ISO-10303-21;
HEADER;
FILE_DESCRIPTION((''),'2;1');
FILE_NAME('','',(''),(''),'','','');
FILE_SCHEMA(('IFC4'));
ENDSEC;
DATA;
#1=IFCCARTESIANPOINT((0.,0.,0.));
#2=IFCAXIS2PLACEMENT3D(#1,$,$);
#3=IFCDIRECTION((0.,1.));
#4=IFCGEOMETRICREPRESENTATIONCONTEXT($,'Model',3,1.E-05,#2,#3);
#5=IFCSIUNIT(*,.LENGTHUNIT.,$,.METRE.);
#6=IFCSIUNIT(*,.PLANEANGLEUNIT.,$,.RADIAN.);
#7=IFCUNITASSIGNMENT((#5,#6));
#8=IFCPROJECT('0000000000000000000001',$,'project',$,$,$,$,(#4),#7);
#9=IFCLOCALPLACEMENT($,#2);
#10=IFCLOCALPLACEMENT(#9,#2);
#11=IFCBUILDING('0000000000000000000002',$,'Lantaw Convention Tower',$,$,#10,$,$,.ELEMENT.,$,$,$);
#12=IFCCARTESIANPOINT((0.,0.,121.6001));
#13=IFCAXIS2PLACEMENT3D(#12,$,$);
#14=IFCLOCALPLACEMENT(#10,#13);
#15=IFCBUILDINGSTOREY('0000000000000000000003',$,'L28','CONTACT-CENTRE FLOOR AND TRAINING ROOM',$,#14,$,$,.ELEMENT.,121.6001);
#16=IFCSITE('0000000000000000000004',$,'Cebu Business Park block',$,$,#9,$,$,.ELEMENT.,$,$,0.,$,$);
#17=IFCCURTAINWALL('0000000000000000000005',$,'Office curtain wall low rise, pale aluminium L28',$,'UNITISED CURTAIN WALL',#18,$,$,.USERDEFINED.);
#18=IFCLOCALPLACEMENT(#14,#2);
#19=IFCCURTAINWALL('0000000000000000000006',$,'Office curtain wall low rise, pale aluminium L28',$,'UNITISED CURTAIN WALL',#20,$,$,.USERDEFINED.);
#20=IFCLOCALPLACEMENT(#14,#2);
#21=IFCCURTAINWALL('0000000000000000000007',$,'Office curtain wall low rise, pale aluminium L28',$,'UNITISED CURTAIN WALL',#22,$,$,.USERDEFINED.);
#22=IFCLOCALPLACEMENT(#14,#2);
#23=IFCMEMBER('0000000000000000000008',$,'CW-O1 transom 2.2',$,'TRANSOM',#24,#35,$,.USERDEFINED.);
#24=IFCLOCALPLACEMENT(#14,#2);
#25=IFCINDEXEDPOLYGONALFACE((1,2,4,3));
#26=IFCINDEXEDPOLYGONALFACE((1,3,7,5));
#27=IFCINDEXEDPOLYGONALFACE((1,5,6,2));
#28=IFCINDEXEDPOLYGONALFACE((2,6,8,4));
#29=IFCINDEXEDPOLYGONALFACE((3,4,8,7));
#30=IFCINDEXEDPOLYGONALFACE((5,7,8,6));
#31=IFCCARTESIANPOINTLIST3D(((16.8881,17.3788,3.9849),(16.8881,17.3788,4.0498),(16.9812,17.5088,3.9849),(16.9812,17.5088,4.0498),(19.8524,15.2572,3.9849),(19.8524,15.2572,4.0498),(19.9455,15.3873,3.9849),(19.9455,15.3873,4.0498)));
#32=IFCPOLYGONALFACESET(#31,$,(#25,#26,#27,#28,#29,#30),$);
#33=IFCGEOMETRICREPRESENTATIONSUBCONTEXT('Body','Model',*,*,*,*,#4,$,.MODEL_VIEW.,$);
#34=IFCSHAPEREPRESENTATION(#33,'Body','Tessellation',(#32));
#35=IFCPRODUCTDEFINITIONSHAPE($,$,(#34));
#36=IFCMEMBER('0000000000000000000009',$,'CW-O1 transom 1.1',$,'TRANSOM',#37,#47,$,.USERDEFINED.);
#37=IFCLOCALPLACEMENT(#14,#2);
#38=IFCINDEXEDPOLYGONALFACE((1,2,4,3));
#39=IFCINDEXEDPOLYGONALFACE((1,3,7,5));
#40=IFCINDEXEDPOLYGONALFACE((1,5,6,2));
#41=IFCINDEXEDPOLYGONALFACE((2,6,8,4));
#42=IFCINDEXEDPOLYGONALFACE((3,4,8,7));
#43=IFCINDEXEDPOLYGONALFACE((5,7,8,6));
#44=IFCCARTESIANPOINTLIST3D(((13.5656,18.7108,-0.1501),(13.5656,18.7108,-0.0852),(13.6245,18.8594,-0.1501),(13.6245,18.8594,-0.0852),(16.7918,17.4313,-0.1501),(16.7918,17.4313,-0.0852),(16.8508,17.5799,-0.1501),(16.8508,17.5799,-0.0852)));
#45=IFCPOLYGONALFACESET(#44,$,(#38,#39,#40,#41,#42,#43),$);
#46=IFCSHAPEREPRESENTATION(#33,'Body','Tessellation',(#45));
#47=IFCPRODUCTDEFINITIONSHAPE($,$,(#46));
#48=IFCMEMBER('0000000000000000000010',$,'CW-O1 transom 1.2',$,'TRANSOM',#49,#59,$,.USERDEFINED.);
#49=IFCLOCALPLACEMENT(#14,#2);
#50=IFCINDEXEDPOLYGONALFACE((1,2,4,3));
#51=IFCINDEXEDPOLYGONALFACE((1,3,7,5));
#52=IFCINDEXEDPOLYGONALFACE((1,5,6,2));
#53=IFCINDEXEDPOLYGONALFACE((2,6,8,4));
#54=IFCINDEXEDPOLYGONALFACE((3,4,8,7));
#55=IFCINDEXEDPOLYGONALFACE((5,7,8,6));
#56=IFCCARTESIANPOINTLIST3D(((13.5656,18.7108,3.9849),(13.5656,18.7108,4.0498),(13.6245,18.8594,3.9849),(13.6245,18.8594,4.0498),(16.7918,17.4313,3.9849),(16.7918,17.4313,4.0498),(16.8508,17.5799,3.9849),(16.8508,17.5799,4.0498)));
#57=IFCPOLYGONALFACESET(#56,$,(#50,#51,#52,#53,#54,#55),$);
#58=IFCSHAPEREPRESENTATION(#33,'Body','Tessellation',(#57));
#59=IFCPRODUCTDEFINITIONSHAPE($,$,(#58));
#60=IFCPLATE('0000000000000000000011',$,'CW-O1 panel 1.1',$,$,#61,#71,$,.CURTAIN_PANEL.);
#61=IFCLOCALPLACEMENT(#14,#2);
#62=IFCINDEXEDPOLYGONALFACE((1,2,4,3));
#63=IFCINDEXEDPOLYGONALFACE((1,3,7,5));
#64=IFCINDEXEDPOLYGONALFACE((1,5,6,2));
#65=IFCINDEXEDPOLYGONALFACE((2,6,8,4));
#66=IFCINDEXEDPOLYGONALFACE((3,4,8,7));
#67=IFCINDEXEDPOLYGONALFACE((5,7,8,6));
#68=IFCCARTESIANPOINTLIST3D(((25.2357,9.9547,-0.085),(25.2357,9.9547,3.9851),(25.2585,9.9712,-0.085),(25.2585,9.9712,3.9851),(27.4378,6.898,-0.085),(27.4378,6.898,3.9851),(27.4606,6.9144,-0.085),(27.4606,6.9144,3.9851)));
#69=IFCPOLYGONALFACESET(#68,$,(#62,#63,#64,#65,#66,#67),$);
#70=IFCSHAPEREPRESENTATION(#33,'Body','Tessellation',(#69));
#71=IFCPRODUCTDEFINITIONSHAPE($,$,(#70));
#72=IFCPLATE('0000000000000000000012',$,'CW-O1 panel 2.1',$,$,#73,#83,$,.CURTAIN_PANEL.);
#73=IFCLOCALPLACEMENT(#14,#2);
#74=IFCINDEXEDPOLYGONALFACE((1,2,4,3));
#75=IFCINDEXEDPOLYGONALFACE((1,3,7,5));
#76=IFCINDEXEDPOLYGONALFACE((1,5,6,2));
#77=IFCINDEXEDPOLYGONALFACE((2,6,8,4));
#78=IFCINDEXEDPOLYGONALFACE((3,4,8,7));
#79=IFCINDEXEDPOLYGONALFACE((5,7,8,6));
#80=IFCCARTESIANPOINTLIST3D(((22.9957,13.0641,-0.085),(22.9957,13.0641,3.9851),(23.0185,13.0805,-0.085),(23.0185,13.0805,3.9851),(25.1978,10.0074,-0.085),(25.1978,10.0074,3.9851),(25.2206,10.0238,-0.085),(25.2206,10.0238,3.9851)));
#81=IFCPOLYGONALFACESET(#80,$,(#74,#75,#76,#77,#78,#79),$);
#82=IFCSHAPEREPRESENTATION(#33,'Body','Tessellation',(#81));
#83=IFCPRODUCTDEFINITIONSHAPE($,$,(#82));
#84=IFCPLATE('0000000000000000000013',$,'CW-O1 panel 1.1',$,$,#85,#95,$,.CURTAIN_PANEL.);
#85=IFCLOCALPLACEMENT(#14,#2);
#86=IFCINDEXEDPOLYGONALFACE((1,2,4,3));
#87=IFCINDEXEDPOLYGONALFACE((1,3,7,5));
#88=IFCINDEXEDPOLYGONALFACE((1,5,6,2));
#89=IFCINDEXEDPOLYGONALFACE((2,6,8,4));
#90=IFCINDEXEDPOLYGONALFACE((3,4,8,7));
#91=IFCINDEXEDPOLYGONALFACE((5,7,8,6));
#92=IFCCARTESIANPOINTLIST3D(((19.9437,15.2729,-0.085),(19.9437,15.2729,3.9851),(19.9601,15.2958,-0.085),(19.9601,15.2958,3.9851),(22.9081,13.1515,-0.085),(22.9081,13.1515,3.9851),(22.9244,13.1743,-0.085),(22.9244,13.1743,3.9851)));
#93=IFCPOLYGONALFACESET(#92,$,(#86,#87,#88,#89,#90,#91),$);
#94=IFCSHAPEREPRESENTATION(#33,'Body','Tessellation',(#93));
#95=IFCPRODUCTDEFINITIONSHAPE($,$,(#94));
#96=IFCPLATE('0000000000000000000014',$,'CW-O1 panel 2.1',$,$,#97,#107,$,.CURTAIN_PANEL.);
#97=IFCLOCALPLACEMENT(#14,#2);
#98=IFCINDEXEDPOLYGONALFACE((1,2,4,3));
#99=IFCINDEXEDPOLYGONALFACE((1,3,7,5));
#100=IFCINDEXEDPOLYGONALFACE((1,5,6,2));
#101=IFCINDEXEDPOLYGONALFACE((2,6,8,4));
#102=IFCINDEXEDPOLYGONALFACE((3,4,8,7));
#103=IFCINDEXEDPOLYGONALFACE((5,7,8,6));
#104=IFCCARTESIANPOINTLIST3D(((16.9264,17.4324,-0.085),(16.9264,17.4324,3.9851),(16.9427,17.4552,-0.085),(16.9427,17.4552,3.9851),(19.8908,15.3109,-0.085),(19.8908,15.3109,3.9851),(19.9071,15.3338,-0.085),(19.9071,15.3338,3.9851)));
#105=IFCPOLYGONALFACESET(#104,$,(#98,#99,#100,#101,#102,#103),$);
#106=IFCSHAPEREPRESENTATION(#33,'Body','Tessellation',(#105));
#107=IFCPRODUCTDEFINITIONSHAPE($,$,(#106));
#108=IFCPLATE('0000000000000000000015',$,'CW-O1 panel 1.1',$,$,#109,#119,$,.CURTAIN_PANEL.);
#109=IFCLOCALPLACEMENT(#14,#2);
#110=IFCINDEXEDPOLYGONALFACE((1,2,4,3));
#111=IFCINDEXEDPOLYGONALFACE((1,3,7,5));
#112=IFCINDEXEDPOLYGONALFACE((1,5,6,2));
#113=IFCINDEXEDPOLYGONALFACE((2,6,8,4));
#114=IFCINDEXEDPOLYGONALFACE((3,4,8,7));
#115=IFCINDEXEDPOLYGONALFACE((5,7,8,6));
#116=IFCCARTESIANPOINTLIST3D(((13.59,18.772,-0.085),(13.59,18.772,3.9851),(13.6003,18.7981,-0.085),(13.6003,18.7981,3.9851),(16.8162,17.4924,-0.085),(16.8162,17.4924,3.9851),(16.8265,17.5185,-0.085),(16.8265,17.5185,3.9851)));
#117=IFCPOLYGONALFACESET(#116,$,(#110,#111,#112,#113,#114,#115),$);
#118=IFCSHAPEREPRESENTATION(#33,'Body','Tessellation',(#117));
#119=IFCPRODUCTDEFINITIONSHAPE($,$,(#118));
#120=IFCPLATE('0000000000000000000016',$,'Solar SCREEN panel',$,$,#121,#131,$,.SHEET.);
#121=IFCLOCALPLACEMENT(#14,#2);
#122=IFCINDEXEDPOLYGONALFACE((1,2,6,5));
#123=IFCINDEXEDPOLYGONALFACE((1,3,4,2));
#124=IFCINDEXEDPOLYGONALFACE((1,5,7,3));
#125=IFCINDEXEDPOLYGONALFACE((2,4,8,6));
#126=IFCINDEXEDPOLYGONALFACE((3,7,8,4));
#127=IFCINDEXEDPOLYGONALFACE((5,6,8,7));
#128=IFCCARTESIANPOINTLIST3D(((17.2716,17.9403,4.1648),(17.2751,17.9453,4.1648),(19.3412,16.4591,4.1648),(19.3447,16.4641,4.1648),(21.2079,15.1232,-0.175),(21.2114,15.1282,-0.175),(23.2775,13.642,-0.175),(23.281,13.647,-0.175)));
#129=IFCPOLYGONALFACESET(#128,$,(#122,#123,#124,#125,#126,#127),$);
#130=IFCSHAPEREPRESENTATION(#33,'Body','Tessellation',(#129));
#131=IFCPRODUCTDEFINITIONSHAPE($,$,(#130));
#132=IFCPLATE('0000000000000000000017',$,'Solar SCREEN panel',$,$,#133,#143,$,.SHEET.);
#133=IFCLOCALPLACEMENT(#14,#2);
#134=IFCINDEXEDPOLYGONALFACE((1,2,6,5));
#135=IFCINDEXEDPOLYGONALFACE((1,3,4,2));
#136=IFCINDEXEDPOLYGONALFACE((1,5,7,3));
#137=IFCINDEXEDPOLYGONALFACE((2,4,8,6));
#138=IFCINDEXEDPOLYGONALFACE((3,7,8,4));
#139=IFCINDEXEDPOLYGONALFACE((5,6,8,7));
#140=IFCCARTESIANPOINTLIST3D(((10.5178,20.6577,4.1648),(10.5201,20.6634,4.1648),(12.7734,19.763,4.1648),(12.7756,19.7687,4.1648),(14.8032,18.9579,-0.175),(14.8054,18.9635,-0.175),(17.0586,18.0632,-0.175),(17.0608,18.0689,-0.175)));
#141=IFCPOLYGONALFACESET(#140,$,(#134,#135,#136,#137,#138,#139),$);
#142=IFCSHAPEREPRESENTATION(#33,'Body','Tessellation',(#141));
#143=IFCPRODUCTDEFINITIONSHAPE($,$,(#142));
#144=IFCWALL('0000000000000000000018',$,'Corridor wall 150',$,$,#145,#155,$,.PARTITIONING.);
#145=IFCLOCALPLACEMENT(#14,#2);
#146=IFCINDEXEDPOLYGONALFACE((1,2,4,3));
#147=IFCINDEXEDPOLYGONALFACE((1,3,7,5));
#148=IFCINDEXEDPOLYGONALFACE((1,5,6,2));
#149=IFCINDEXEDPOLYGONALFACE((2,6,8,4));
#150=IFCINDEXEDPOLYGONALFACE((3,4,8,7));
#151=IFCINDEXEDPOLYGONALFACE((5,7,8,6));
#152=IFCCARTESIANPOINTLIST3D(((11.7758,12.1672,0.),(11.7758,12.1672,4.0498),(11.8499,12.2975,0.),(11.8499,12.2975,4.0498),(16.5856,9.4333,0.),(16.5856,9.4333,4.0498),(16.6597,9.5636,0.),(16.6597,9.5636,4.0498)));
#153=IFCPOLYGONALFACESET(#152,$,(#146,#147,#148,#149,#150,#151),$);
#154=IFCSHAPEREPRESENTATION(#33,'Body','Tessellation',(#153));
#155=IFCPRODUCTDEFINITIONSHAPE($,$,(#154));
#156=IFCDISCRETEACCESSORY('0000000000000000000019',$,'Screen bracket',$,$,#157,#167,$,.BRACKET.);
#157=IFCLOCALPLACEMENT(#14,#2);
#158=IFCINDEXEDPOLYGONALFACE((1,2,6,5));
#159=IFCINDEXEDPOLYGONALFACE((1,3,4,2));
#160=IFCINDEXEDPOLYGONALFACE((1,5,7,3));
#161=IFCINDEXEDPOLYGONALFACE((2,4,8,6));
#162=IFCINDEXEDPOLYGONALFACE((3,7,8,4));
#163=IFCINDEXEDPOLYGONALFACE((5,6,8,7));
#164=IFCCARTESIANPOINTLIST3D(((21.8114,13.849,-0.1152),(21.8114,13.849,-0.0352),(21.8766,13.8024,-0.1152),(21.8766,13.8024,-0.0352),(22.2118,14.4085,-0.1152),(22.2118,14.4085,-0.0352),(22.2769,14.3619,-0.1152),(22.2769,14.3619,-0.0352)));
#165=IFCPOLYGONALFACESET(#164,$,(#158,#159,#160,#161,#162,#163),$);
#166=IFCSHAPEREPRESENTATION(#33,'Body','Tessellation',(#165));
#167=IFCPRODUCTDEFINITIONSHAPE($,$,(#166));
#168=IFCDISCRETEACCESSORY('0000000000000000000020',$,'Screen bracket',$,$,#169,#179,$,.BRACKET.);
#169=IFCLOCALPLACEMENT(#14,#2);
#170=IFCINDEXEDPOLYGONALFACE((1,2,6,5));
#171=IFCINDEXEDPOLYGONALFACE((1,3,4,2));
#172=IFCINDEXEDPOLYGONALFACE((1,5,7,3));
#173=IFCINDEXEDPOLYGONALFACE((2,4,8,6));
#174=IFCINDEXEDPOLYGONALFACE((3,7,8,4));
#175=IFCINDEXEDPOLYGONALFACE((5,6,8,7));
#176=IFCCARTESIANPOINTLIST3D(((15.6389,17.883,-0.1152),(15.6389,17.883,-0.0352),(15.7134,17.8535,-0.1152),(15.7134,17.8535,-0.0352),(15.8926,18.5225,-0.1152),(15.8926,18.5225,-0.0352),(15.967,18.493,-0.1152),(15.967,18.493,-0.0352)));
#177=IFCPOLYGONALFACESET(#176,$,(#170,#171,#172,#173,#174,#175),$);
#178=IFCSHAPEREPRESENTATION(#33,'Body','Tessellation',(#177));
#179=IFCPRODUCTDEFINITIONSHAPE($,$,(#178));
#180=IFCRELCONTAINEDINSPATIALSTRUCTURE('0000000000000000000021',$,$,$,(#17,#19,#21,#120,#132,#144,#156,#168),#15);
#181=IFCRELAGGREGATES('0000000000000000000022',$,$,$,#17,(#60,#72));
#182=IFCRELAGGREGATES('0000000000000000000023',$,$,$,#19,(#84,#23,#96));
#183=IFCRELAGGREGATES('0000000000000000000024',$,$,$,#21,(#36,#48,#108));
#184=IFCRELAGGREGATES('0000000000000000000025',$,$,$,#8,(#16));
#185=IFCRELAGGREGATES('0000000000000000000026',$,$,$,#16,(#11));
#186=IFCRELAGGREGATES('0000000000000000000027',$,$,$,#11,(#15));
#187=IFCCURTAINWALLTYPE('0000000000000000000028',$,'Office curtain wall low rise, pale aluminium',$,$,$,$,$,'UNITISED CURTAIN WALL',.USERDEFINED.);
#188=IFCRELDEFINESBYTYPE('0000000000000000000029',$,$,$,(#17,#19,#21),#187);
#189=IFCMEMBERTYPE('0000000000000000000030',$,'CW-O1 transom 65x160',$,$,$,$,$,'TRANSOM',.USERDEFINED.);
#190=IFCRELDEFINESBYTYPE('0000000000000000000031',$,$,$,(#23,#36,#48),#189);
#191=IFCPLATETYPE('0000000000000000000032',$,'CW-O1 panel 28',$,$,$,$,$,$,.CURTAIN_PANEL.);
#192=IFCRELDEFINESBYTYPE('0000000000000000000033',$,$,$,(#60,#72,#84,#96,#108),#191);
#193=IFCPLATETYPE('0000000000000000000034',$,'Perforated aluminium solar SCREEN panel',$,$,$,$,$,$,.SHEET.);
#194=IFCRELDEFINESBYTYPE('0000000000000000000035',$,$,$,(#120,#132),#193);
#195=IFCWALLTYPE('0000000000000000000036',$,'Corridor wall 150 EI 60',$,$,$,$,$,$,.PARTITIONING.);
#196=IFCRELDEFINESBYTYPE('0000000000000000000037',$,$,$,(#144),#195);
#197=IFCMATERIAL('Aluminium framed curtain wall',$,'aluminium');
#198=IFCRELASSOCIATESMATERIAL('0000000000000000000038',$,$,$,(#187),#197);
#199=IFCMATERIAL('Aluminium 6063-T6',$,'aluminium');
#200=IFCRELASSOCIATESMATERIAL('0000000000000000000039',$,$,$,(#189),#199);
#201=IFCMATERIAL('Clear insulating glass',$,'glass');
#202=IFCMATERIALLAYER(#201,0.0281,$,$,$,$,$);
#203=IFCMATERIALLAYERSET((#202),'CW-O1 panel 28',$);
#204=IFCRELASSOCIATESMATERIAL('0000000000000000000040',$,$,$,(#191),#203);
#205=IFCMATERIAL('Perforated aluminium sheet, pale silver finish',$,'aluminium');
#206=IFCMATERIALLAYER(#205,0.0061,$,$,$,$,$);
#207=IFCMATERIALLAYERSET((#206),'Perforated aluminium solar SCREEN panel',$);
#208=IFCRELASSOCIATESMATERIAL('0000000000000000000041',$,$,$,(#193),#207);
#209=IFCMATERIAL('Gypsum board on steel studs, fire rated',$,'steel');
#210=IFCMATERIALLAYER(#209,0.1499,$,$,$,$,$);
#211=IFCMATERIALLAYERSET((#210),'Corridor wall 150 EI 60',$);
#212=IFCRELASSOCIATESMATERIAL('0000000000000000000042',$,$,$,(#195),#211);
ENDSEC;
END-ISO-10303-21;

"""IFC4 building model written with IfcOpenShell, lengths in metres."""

from ifc_helpers import new_model, si_unit, direction, frame, frame_2d, origin, origin_2d, place, context, subcontext, project, spatial, polyline, rectangle, outline, extrude, material, layer, layer_set, material_profile, profile_set, type_object, element, aggregate, save


model = new_model("IFC4")

# Units and contexts
model_context = context("Model", 3, precision=1e-05, world=origin(), true_north=direction((0.0, 1.0)))
body_context = subcontext(model_context, "Body", "Model", "MODEL_VIEW")
ifc_project = project(units=[si_unit("LENGTHUNIT", "METRE"), si_unit("PLANEANGLEUNIT", "RADIAN")], contexts=[model_context])

# Site, building, storey
site_placement = place(None, origin())
site = spatial("IfcSite", under=ifc_project, at=site_placement, Name="Cebu Business Park block", CompositionType="ELEMENT", RefElevation=0.0)
building_placement = place(site_placement, origin())
building = spatial("IfcBuilding", under=site, at=building_placement, Name="Lantaw Convention Tower", CompositionType="ELEMENT")
storey_placement = place(building_placement, frame((0.0, 0.0, 121.6001)))
storey = spatial("IfcBuildingStorey", under=building, at=storey_placement, Name="L28", Description="CONTACT-CENTRE FLOOR AND TRAINING ROOM", CompositionType="ELEMENT", Elevation=121.6001)

# Curtain walls
ifc_material_1 = material(Name="Aluminium framed curtain wall", Category="aluminium")
curtain_wall_type = type_object("IfcCurtainWallType", Name="Office curtain wall low rise, pale aluminium", ElementType="UNITISED CURTAIN WALL", PredefinedType="USERDEFINED", material=ifc_material_1)
curtain_wall_1_placement = place(storey_placement, origin())
curtain_wall_1 = element("IfcCurtainWall", 1, at=curtain_wall_1_placement, inside=storey, type_object=curtain_wall_type, Name="Office curtain wall low rise, pale aluminium L28", ObjectType="UNITISED CURTAIN WALL", PredefinedType="USERDEFINED")
ifc_material_2 = material(Name="Aluminium 6063-T6", Category="aluminium")
curtain_wall_2_placement = place(storey_placement, origin())
curtain_wall_2 = element("IfcCurtainWall", 2, at=curtain_wall_2_placement, inside=storey, type_object=curtain_wall_type, Name="Office curtain wall low rise, pale aluminium L28", ObjectType="UNITISED CURTAIN WALL", PredefinedType="USERDEFINED")

# Curtain wall
curtain_wall_3_placement = place(storey_placement, origin())
curtain_wall_3 = element("IfcCurtainWall", 3, at=curtain_wall_3_placement, inside=storey, type_object=curtain_wall_type, Name="Office curtain wall low rise, pale aluminium L28", ObjectType="UNITISED CURTAIN WALL", PredefinedType="USERDEFINED")

# Members
ifc_material_profile_1 = material_profile(ifc_material_2, rectangle(XDim=0.1599, YDim=0.0649, at=origin_2d()), Name="CW-O1 transom 65x160")
ifc_profile_set_1 = profile_set([ifc_material_profile_1], Name="Aluminium 6063-T6")
member_type_1 = type_object("IfcMemberType", Name="CW-O1 transom 65x160", ElementType="TRANSOM", PredefinedType="USERDEFINED", material=ifc_profile_set_1)
member_1_placement = place(storey_placement, frame((19.8989, 15.3223, 4.0173), z_axis=(-0.81319, 0.581998, 0.0), x_axis=(-0.581998, -0.81319, 0.0)))
member_1 = element("IfcMember", 4, at=member_1_placement, type_object=member_type_1, Name="CW-O1 transom 2.2", ObjectType="TRANSOM", PredefinedType="USERDEFINED", context=body_context, shape_type="SweptSolid", body=[
    extrude(rectangle(XDim=0.1599, YDim=0.0649, at=origin_2d()), origin(), (0.0, 0.0, 1.0), 3.6453),
])
member_2_placement = place(storey_placement, frame((16.8213, 17.5056, -0.1177), z_axis=(-0.929564, 0.36866, 0.0), x_axis=(-0.36866, -0.929564, 0.0)))
member_2 = element("IfcMember", 5, at=member_2_placement, type_object=member_type_1, Name="CW-O1 transom 1.1", ObjectType="TRANSOM", PredefinedType="USERDEFINED", context=body_context, shape_type="SweptSolid", body=[
    extrude(rectangle(XDim=0.1599, YDim=0.0649, at=origin_2d()), origin(), (0.0, 0.0, 1.0), 3.4707),
])
member_3_placement = place(storey_placement, frame((16.8213, 17.5056, 4.0173), z_axis=(-0.929564, 0.36866, 0.0), x_axis=(-0.36866, -0.929564, 0.0)))
member_3 = element("IfcMember", 6, at=member_3_placement, type_object=member_type_1, Name="CW-O1 transom 1.2", ObjectType="TRANSOM", PredefinedType="USERDEFINED", context=body_context, shape_type="SweptSolid", body=[
    extrude(rectangle(XDim=0.1599, YDim=0.0649, at=origin_2d()), origin(), (0.0, 0.0, 1.0), 3.4707),
])

# Plates
ifc_material_3 = material(Name="Clear insulating glass", Category="glass")
ifc_layer_1 = layer(ifc_material_3, 0.0281)
ifc_layer_set_1 = layer_set([ifc_layer_1], Name="CW-O1 panel 28")
plate_type_1 = type_object("IfcPlateType", Name="CW-O1 panel 28", PredefinedType="CURTAIN_PANEL", material=ifc_layer_set_1)
plate_1_placement = place(storey_placement, frame((26.3481, 8.4346, -0.085), z_axis=(0.0, 0.0, 1.0), x_axis=(-0.584513, 0.811385, 0.0)))
plate_1 = element("IfcPlate", 7, at=plate_1_placement, type_object=plate_type_1, Name="CW-O1 panel 1.1", PredefinedType="CURTAIN_PANEL", context=body_context, shape_type="SweptSolid", body=[
    extrude(rectangle(XDim=3.7673, YDim=0.0281, at=origin_2d()), origin(), (0.0, 0.0, 1.0), 4.0701),
])
plate_2_placement = place(storey_placement, frame((24.1082, 11.5439, -0.085), z_axis=(0.0, 0.0, 1.0), x_axis=(-0.584513, 0.811385, 0.0)))
plate_2 = element("IfcPlate", 8, at=plate_2_placement, type_object=plate_type_1, Name="CW-O1 panel 2.1", PredefinedType="CURTAIN_PANEL", context=body_context, shape_type="SweptSolid", body=[
    extrude(rectangle(XDim=3.7673, YDim=0.0281, at=origin_2d()), origin(), (0.0, 0.0, 1.0), 4.0701),
])
aggregate(curtain_wall_1, [plate_1, plate_2])
plate_3_placement = place(storey_placement, frame((21.4341, 14.2236, -0.085), z_axis=(0.0, 0.0, 1.0), x_axis=(-0.813208, 0.581973, 0.0)))
plate_3 = element("IfcPlate", 9, at=plate_3_placement, type_object=plate_type_1, Name="CW-O1 panel 1.1", PredefinedType="CURTAIN_PANEL", context=body_context, shape_type="SweptSolid", body=[
    extrude(rectangle(XDim=3.6453, YDim=0.0281, at=origin_2d()), origin(), (0.0, 0.0, 1.0), 4.0701),
])
plate_4_placement = place(storey_placement, frame((18.4167, 16.3831, -0.085), z_axis=(0.0, 0.0, 1.0), x_axis=(-0.813208, 0.581973, 0.0)))
plate_4 = element("IfcPlate", 10, at=plate_4_placement, type_object=plate_type_1, Name="CW-O1 panel 2.1", PredefinedType="CURTAIN_PANEL", context=body_context, shape_type="SweptSolid", body=[
    extrude(rectangle(XDim=3.6453, YDim=0.0281, at=origin_2d()), origin(), (0.0, 0.0, 1.0), 4.0701),
])
aggregate(curtain_wall_2, [plate_3, member_1, plate_4])
plate_5_placement = place(storey_placement, frame((15.2083, 18.1453, -0.085), z_axis=(0.0, 0.0, 1.0), x_axis=(-0.929548, 0.368702, 0.0)))
plate_5 = element("IfcPlate", 11, at=plate_5_placement, type_object=plate_type_1, Name="CW-O1 panel 1.1", PredefinedType="CURTAIN_PANEL", context=body_context, shape_type="SweptSolid", body=[
    extrude(rectangle(XDim=3.4707, YDim=0.0281, at=origin_2d()), origin(), (0.0, 0.0, 1.0), 4.0701),
])
aggregate(curtain_wall_3, [member_2, member_3, plate_5])

# Plates
ifc_material_4 = material(Name="Perforated aluminium sheet, pale silver finish", Category="aluminium")
ifc_layer_2 = layer(ifc_material_4, 0.0061)
ifc_layer_set_2 = layer_set([ifc_layer_2], Name="Perforated aluminium solar SCREEN panel")
plate_type_2 = type_object("IfcPlateType", Name="Perforated aluminium solar SCREEN panel", PredefinedType="SHEET", material=ifc_layer_set_2)
plate_6_placement = place(storey_placement, frame((23.281, 13.647, -0.175), z_axis=(0.582, 0.813189, 0.000012), x_axis=(-0.813189, 0.582, 0.0)))
element("IfcPlate", 12, at=plate_6_placement, inside=storey, type_object=plate_type_2, Name="Solar SCREEN panel", PredefinedType="SHEET", context=body_context, shape_type="SweptSolid", body=[
    extrude(outline(polyline([(0.0, 0.0), (2.545, 0.0), (7.3855, 4.3398), (4.8405, 4.3398), (0.0, 0.0)])), origin(), (0.0, 0.0, -1.0), 0.0061),
])
plate_7_placement = place(storey_placement, frame((17.0586, 18.0632, -0.175), z_axis=(-0.368709, -0.929545, 0.000011), x_axis=(-0.929545, 0.368709, 0.0)))
element("IfcPlate", 13, at=plate_7_placement, inside=storey, type_object=plate_type_2, Name="Solar SCREEN panel", PredefinedType="SHEET", context=body_context, shape_type="SweptSolid", body=[
    extrude(outline(polyline([(0.0, 0.0), (2.4264, 0.0), (7.0365, -4.3398), (4.61, -4.3398), (0.0, 0.0)])), origin(), (0.0, 0.0, -1.0), 0.0061),
])

# Wall
ifc_material_5 = material(Name="Gypsum board on steel studs, fire rated", Category="steel")
ifc_layer_3 = layer(ifc_material_5, 0.1499)
ifc_layer_set_3 = layer_set([ifc_layer_3], Name="Corridor wall 150 EI 60")
wall_type = type_object("IfcWallType", Name="Corridor wall 150 EI 60", PredefinedType="PARTITIONING", material=ifc_layer_set_3)
wall_placement = place(storey_placement, frame((16.6226, 9.4985, 0.0), z_axis=(0.0, 0.0, 1.0), x_axis=(-0.869376, 0.494151, 0.0)))
element("IfcWall", 14, at=wall_placement, inside=storey, type_object=wall_type, Name="Corridor wall 150", PredefinedType="PARTITIONING", context=body_context, shape_type="SweptSolid", body=[
    extrude(rectangle(XDim=5.5325, YDim=0.1499, at=frame_2d((2.7661, 0.0))), origin(), (0.0, 0.0, 1.0), 4.0498),
])

# Discrete accessories
for number, where, z_axis, x_axis, name in (
    (15, (22.0442, 14.1055, -0.1152), (0.0, 0.0, 1.0), (-0.813208, 0.581973, 0.0), "Screen bracket"),
    (16, (15.803, 18.188, -0.1152), (0.0, 0.0, 1.0), (-0.929548, 0.368702, 0.0), "Screen bracket"),
):
    element("IfcDiscreteAccessory", number, at=place(storey_placement, frame(where, z_axis=z_axis, x_axis=x_axis)), inside=storey, Name=name, PredefinedType="BRACKET", context=body_context, shape_type="SweptSolid", body=[
        extrude(rectangle(XDim=0.0801, YDim=0.688, at=origin_2d()), origin(), (0.0, 0.0, 1.0), 0.0801),
    ])

save(model, "model.ifc")
